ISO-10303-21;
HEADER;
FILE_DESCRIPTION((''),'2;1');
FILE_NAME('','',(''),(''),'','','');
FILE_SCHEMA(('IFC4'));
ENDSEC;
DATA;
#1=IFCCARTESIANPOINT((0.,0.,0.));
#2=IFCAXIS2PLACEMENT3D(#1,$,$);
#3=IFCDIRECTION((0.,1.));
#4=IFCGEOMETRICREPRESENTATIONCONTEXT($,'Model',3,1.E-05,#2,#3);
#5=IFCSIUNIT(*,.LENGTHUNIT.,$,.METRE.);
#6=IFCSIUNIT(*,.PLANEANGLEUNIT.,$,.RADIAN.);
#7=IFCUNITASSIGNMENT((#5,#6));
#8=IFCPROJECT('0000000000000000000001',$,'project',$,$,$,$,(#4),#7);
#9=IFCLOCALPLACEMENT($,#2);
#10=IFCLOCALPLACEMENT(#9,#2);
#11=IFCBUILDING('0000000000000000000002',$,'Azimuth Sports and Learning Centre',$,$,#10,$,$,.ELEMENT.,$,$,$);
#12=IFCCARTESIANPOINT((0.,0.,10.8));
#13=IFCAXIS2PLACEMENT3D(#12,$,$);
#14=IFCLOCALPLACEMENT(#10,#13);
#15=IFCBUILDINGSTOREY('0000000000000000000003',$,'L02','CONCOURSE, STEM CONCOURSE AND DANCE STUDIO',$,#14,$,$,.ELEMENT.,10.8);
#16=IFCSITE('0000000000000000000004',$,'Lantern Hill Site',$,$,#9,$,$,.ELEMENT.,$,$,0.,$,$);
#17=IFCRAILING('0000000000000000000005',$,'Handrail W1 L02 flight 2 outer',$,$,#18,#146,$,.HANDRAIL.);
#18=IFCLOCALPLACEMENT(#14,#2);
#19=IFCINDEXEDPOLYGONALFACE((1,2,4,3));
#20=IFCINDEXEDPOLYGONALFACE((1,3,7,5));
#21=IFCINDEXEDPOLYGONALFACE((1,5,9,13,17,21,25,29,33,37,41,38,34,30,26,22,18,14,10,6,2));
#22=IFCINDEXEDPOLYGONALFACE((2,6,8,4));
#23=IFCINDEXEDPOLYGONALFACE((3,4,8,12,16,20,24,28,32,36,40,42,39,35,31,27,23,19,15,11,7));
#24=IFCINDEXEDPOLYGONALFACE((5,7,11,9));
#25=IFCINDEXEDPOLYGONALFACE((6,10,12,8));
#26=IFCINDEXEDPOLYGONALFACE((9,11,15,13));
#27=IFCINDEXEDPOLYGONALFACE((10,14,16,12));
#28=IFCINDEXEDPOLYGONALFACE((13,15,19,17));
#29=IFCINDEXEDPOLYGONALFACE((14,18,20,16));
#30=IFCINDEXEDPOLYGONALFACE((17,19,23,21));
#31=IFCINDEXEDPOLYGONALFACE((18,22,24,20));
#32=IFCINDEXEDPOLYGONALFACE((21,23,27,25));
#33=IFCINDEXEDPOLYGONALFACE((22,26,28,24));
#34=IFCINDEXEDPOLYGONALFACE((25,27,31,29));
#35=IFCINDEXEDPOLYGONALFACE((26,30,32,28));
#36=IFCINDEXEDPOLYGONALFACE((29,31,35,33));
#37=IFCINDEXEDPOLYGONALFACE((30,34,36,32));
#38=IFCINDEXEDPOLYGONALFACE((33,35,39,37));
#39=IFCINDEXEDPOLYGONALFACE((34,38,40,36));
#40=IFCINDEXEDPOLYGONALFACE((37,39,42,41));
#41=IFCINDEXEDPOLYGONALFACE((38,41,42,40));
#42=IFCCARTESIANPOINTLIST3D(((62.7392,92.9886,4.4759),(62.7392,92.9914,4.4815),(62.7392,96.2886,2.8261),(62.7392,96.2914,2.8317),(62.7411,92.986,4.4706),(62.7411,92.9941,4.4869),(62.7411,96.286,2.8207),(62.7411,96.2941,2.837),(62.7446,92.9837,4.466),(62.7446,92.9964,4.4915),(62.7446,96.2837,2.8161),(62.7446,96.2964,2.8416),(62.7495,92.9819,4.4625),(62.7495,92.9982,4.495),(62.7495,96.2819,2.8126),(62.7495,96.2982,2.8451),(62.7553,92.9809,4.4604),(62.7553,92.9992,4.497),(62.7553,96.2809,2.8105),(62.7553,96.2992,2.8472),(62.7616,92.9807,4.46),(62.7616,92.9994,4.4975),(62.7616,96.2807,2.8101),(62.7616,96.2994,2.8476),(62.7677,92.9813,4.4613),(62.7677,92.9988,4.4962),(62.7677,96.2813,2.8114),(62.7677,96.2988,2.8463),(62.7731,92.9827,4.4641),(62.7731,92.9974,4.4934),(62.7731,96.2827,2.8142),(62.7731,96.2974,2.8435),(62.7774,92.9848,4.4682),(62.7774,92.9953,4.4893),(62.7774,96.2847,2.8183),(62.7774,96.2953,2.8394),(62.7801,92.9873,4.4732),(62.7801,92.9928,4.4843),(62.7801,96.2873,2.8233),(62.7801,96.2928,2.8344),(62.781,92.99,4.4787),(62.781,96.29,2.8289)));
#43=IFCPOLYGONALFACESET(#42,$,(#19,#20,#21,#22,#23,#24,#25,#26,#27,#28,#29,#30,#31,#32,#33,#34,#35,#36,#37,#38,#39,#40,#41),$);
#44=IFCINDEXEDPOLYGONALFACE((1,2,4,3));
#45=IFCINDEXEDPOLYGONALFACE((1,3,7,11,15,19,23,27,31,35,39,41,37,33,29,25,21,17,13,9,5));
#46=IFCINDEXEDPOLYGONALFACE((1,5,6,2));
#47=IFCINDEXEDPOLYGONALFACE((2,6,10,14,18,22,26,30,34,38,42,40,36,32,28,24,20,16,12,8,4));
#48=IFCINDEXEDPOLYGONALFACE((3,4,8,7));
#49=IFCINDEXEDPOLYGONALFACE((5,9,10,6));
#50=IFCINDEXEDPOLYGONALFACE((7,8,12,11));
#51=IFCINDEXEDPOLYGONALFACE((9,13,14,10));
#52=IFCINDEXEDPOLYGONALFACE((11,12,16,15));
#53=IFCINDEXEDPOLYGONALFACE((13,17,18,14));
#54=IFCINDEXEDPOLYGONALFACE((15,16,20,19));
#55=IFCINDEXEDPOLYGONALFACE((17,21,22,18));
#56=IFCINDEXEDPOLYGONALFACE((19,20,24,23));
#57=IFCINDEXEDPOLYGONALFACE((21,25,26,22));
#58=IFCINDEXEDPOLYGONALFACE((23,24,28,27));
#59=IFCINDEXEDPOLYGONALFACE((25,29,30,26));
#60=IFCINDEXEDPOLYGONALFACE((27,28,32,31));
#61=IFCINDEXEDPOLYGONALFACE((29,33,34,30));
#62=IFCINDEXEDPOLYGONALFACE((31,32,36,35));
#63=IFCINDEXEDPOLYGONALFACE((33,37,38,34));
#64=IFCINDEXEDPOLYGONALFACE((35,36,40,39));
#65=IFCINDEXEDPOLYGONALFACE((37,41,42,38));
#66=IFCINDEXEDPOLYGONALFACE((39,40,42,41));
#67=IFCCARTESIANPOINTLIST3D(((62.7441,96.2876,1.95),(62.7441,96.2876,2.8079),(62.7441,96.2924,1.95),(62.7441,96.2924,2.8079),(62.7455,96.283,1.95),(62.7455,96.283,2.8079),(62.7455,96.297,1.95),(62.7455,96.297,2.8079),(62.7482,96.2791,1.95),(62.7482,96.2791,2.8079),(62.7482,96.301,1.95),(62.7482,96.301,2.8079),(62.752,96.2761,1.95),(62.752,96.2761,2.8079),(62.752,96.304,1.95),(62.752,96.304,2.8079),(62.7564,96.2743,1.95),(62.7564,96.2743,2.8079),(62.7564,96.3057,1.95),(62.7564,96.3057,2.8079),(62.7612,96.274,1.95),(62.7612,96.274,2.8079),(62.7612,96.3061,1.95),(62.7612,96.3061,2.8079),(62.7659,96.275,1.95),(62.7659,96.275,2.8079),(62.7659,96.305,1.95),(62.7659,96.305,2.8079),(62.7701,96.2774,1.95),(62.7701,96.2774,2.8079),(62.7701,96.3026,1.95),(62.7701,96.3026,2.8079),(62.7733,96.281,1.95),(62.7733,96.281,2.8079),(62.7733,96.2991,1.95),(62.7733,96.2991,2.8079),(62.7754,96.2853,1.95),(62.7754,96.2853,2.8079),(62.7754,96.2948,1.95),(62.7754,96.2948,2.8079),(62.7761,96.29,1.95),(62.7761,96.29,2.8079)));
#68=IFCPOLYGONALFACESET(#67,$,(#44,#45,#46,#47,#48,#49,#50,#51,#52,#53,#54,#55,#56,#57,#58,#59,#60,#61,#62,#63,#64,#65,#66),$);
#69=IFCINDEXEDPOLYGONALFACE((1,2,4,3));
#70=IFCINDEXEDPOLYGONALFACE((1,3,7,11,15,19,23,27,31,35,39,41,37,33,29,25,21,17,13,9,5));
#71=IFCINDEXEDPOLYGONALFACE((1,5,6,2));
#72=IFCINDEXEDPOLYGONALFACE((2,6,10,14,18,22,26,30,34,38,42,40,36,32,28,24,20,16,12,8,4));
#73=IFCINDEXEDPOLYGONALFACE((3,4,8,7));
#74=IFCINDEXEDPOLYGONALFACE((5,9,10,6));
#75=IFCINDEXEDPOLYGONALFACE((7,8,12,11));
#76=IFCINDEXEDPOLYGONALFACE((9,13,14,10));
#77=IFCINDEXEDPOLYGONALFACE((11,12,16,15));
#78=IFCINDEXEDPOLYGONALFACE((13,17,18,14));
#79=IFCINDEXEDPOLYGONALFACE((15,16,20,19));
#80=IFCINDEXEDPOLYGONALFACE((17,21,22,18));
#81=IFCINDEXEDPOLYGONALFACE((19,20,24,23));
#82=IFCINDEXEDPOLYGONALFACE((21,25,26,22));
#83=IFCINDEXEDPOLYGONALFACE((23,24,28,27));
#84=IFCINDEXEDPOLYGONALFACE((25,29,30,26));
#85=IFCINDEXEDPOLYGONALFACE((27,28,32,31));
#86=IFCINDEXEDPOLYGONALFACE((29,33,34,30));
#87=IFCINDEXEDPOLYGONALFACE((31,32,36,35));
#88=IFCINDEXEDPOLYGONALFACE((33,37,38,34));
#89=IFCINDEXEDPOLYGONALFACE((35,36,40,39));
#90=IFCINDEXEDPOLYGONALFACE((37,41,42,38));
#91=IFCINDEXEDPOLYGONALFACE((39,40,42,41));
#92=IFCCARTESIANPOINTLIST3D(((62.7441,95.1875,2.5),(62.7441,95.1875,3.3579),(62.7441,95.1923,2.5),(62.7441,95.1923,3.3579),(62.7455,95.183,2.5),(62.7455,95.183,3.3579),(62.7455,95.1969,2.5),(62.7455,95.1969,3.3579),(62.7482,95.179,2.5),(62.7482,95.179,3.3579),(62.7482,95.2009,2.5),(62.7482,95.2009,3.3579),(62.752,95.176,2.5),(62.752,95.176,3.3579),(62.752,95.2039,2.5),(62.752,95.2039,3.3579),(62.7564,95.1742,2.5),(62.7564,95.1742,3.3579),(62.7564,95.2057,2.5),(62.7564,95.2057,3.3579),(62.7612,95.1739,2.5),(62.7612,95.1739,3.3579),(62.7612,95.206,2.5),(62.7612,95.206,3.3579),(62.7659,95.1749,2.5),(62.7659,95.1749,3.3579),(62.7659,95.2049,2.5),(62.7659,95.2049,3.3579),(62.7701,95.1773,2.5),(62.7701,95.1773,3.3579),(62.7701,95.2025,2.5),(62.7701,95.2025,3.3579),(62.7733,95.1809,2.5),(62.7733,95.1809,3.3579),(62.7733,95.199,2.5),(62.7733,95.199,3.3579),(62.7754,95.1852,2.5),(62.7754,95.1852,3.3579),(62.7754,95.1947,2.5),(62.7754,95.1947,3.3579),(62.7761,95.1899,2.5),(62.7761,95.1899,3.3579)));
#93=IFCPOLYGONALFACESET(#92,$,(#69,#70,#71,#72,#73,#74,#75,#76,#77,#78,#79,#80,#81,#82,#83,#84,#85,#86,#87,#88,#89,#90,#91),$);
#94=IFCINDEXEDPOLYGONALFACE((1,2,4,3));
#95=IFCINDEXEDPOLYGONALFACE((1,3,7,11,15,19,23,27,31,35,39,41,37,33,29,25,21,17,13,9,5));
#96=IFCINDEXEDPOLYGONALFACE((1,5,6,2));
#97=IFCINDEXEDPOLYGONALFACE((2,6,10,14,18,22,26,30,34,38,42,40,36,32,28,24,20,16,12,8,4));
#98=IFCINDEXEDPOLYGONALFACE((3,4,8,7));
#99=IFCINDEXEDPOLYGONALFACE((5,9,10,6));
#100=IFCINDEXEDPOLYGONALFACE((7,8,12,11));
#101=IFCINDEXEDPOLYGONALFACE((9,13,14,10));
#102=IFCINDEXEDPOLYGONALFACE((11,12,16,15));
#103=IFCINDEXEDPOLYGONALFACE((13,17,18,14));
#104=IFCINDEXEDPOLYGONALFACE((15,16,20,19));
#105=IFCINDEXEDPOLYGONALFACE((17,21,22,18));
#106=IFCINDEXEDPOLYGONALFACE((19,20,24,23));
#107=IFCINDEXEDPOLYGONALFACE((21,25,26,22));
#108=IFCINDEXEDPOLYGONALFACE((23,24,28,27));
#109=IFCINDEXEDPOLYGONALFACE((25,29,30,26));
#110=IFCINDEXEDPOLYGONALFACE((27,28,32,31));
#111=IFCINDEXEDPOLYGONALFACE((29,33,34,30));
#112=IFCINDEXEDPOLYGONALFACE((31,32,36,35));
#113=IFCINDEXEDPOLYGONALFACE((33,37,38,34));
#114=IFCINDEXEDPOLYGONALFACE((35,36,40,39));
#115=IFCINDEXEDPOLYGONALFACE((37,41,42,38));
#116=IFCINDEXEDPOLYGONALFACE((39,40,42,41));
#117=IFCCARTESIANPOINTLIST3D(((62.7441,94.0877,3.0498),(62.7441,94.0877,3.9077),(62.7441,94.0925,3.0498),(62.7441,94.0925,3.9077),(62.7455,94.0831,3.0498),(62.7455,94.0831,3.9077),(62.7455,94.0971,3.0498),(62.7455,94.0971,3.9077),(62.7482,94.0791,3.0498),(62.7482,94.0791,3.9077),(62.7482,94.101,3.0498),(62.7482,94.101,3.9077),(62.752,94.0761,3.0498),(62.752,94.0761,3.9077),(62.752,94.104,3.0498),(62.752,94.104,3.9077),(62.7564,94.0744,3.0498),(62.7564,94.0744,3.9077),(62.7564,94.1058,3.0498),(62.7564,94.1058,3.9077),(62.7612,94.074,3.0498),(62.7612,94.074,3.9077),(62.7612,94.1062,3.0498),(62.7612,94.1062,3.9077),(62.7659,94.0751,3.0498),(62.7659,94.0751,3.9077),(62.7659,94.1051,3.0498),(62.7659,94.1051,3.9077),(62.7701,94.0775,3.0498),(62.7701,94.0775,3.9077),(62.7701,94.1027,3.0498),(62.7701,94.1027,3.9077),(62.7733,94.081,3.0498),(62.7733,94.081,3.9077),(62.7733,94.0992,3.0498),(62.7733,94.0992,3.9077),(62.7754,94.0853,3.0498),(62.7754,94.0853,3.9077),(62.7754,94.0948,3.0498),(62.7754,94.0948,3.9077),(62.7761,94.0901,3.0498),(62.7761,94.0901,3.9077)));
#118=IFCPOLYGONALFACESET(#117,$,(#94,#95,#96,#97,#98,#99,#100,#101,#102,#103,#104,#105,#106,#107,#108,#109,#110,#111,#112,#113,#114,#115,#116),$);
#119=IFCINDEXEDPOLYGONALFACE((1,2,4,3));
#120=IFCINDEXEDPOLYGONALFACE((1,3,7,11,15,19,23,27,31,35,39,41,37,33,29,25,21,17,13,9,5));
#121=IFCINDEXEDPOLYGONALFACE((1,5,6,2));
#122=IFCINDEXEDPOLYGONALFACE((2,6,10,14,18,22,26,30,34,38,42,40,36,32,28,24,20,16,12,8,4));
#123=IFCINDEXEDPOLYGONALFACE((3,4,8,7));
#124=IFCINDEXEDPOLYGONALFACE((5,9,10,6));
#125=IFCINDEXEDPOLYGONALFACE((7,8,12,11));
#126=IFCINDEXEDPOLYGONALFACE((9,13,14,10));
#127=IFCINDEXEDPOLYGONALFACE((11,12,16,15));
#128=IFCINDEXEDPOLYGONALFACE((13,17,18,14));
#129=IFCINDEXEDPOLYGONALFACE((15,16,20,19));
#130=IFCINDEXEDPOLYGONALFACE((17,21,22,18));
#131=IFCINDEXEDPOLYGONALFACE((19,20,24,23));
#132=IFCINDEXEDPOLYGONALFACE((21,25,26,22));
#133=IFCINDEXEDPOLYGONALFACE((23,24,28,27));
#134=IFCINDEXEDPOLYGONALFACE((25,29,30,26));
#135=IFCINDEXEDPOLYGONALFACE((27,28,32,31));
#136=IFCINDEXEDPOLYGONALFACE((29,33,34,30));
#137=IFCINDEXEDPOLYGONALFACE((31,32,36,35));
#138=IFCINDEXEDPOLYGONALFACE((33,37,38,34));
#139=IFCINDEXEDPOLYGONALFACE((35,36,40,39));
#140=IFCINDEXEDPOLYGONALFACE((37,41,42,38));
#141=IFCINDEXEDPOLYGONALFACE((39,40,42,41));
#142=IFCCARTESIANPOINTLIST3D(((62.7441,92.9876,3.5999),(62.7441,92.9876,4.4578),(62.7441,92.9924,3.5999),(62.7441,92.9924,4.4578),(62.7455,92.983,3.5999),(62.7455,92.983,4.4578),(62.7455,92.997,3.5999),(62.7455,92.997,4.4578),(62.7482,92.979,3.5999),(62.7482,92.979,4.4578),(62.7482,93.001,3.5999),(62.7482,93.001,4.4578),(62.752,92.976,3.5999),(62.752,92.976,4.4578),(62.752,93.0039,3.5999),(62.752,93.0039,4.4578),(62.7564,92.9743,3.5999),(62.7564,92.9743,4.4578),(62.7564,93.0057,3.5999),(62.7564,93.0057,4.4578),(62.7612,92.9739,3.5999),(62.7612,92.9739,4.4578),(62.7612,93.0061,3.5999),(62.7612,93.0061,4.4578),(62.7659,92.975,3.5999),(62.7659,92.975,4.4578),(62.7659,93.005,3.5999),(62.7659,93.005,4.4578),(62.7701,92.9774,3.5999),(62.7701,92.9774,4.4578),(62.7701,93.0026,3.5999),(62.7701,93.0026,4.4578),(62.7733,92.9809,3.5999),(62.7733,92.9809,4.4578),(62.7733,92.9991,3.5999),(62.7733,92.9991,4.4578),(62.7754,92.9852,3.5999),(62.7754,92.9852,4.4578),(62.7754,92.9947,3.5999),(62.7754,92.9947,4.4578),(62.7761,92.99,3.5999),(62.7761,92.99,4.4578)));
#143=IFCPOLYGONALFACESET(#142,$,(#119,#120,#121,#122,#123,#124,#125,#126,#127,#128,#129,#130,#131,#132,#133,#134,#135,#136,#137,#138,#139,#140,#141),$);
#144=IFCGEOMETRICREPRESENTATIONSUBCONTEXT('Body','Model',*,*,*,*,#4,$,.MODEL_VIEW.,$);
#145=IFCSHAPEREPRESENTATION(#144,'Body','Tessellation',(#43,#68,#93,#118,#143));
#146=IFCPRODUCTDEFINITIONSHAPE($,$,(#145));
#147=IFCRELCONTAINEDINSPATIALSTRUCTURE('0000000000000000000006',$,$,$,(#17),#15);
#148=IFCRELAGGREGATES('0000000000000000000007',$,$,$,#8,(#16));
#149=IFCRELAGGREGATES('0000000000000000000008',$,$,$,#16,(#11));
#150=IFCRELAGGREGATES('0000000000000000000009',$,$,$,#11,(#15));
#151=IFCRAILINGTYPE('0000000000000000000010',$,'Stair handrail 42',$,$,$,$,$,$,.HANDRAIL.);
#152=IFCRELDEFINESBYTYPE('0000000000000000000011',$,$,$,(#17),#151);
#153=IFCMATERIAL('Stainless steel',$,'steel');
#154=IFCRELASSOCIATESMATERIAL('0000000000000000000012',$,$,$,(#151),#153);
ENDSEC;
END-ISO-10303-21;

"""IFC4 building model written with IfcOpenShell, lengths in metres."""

from ifc_helpers import new_model, si_unit, direction, frame, origin, origin_2d, place, context, subcontext, project, spatial, circle, extrude, material, type_object, element, save


model = new_model("IFC4")

# Units and contexts
model_context = context("Model", 3, precision=1e-05, world=origin(), true_north=direction((0.0, 1.0)))
body_context = subcontext(model_context, "Body", "Model", "MODEL_VIEW")
ifc_project = project(units=[si_unit("LENGTHUNIT", "METRE"), si_unit("PLANEANGLEUNIT", "RADIAN")], contexts=[model_context])

# Site, building, storey
site_placement = place(None, origin())
site = spatial("IfcSite", under=ifc_project, at=site_placement, Name="Lantern Hill Site", CompositionType="ELEMENT", RefElevation=0.0)
building_placement = place(site_placement, origin())
building = spatial("IfcBuilding", under=site, at=building_placement, Name="Azimuth Sports and Learning Centre", CompositionType="ELEMENT")
storey_placement = place(building_placement, frame((0.0, 0.0, 10.8)))
storey = spatial("IfcBuildingStorey", under=building, at=storey_placement, Name="L02", Description="CONCOURSE, STEM CONCOURSE AND DANCE STUDIO", CompositionType="ELEMENT", Elevation=10.8)

# Railing
ifc_material_1 = material(Name="Stainless steel", Category="steel")
railing_type_1 = type_object("IfcRailingType", Name="Stair handrail 42", PredefinedType="HANDRAIL", material=ifc_material_1)
for number, where, name in (
    (1, (62.76, 96.29, 1.95), "Handrail W1 L02 flight 2 outer"),
):
    element("IfcRailing", number, at=place(storey_placement, frame(where)), inside=storey, type_object=railing_type_1, Name=name, PredefinedType="HANDRAIL", context=body_context, shape_type="SweptSolid", body=[
        extrude(circle(Radius=0.021, at=origin_2d()), frame((0.0, 0.0, 0.8789), z_axis=(0.0, -0.89444, 0.447187), x_axis=(1.0, 0.0, 0.0)), (0.0, 0.0, 1.0), 3.6895),
        extrude(circle(Radius=0.0161, at=origin_2d()), origin(), (0.0, 0.0, 1.0), 0.8579),
        extrude(circle(Radius=0.0161, at=origin_2d()), frame((0.0, -1.1001, 0.55)), (0.0, 0.0, 1.0), 0.8579),
        extrude(circle(Radius=0.0161, at=origin_2d()), frame((0.0, -2.2, 1.0999)), (0.0, 0.0, 1.0), 0.8579),
        extrude(circle(Radius=0.0161, at=origin_2d()), frame((0.0, -3.3, 1.6499)), (0.0, 0.0, 1.0), 0.8579),
    ])

save(model, "model.ifc")
